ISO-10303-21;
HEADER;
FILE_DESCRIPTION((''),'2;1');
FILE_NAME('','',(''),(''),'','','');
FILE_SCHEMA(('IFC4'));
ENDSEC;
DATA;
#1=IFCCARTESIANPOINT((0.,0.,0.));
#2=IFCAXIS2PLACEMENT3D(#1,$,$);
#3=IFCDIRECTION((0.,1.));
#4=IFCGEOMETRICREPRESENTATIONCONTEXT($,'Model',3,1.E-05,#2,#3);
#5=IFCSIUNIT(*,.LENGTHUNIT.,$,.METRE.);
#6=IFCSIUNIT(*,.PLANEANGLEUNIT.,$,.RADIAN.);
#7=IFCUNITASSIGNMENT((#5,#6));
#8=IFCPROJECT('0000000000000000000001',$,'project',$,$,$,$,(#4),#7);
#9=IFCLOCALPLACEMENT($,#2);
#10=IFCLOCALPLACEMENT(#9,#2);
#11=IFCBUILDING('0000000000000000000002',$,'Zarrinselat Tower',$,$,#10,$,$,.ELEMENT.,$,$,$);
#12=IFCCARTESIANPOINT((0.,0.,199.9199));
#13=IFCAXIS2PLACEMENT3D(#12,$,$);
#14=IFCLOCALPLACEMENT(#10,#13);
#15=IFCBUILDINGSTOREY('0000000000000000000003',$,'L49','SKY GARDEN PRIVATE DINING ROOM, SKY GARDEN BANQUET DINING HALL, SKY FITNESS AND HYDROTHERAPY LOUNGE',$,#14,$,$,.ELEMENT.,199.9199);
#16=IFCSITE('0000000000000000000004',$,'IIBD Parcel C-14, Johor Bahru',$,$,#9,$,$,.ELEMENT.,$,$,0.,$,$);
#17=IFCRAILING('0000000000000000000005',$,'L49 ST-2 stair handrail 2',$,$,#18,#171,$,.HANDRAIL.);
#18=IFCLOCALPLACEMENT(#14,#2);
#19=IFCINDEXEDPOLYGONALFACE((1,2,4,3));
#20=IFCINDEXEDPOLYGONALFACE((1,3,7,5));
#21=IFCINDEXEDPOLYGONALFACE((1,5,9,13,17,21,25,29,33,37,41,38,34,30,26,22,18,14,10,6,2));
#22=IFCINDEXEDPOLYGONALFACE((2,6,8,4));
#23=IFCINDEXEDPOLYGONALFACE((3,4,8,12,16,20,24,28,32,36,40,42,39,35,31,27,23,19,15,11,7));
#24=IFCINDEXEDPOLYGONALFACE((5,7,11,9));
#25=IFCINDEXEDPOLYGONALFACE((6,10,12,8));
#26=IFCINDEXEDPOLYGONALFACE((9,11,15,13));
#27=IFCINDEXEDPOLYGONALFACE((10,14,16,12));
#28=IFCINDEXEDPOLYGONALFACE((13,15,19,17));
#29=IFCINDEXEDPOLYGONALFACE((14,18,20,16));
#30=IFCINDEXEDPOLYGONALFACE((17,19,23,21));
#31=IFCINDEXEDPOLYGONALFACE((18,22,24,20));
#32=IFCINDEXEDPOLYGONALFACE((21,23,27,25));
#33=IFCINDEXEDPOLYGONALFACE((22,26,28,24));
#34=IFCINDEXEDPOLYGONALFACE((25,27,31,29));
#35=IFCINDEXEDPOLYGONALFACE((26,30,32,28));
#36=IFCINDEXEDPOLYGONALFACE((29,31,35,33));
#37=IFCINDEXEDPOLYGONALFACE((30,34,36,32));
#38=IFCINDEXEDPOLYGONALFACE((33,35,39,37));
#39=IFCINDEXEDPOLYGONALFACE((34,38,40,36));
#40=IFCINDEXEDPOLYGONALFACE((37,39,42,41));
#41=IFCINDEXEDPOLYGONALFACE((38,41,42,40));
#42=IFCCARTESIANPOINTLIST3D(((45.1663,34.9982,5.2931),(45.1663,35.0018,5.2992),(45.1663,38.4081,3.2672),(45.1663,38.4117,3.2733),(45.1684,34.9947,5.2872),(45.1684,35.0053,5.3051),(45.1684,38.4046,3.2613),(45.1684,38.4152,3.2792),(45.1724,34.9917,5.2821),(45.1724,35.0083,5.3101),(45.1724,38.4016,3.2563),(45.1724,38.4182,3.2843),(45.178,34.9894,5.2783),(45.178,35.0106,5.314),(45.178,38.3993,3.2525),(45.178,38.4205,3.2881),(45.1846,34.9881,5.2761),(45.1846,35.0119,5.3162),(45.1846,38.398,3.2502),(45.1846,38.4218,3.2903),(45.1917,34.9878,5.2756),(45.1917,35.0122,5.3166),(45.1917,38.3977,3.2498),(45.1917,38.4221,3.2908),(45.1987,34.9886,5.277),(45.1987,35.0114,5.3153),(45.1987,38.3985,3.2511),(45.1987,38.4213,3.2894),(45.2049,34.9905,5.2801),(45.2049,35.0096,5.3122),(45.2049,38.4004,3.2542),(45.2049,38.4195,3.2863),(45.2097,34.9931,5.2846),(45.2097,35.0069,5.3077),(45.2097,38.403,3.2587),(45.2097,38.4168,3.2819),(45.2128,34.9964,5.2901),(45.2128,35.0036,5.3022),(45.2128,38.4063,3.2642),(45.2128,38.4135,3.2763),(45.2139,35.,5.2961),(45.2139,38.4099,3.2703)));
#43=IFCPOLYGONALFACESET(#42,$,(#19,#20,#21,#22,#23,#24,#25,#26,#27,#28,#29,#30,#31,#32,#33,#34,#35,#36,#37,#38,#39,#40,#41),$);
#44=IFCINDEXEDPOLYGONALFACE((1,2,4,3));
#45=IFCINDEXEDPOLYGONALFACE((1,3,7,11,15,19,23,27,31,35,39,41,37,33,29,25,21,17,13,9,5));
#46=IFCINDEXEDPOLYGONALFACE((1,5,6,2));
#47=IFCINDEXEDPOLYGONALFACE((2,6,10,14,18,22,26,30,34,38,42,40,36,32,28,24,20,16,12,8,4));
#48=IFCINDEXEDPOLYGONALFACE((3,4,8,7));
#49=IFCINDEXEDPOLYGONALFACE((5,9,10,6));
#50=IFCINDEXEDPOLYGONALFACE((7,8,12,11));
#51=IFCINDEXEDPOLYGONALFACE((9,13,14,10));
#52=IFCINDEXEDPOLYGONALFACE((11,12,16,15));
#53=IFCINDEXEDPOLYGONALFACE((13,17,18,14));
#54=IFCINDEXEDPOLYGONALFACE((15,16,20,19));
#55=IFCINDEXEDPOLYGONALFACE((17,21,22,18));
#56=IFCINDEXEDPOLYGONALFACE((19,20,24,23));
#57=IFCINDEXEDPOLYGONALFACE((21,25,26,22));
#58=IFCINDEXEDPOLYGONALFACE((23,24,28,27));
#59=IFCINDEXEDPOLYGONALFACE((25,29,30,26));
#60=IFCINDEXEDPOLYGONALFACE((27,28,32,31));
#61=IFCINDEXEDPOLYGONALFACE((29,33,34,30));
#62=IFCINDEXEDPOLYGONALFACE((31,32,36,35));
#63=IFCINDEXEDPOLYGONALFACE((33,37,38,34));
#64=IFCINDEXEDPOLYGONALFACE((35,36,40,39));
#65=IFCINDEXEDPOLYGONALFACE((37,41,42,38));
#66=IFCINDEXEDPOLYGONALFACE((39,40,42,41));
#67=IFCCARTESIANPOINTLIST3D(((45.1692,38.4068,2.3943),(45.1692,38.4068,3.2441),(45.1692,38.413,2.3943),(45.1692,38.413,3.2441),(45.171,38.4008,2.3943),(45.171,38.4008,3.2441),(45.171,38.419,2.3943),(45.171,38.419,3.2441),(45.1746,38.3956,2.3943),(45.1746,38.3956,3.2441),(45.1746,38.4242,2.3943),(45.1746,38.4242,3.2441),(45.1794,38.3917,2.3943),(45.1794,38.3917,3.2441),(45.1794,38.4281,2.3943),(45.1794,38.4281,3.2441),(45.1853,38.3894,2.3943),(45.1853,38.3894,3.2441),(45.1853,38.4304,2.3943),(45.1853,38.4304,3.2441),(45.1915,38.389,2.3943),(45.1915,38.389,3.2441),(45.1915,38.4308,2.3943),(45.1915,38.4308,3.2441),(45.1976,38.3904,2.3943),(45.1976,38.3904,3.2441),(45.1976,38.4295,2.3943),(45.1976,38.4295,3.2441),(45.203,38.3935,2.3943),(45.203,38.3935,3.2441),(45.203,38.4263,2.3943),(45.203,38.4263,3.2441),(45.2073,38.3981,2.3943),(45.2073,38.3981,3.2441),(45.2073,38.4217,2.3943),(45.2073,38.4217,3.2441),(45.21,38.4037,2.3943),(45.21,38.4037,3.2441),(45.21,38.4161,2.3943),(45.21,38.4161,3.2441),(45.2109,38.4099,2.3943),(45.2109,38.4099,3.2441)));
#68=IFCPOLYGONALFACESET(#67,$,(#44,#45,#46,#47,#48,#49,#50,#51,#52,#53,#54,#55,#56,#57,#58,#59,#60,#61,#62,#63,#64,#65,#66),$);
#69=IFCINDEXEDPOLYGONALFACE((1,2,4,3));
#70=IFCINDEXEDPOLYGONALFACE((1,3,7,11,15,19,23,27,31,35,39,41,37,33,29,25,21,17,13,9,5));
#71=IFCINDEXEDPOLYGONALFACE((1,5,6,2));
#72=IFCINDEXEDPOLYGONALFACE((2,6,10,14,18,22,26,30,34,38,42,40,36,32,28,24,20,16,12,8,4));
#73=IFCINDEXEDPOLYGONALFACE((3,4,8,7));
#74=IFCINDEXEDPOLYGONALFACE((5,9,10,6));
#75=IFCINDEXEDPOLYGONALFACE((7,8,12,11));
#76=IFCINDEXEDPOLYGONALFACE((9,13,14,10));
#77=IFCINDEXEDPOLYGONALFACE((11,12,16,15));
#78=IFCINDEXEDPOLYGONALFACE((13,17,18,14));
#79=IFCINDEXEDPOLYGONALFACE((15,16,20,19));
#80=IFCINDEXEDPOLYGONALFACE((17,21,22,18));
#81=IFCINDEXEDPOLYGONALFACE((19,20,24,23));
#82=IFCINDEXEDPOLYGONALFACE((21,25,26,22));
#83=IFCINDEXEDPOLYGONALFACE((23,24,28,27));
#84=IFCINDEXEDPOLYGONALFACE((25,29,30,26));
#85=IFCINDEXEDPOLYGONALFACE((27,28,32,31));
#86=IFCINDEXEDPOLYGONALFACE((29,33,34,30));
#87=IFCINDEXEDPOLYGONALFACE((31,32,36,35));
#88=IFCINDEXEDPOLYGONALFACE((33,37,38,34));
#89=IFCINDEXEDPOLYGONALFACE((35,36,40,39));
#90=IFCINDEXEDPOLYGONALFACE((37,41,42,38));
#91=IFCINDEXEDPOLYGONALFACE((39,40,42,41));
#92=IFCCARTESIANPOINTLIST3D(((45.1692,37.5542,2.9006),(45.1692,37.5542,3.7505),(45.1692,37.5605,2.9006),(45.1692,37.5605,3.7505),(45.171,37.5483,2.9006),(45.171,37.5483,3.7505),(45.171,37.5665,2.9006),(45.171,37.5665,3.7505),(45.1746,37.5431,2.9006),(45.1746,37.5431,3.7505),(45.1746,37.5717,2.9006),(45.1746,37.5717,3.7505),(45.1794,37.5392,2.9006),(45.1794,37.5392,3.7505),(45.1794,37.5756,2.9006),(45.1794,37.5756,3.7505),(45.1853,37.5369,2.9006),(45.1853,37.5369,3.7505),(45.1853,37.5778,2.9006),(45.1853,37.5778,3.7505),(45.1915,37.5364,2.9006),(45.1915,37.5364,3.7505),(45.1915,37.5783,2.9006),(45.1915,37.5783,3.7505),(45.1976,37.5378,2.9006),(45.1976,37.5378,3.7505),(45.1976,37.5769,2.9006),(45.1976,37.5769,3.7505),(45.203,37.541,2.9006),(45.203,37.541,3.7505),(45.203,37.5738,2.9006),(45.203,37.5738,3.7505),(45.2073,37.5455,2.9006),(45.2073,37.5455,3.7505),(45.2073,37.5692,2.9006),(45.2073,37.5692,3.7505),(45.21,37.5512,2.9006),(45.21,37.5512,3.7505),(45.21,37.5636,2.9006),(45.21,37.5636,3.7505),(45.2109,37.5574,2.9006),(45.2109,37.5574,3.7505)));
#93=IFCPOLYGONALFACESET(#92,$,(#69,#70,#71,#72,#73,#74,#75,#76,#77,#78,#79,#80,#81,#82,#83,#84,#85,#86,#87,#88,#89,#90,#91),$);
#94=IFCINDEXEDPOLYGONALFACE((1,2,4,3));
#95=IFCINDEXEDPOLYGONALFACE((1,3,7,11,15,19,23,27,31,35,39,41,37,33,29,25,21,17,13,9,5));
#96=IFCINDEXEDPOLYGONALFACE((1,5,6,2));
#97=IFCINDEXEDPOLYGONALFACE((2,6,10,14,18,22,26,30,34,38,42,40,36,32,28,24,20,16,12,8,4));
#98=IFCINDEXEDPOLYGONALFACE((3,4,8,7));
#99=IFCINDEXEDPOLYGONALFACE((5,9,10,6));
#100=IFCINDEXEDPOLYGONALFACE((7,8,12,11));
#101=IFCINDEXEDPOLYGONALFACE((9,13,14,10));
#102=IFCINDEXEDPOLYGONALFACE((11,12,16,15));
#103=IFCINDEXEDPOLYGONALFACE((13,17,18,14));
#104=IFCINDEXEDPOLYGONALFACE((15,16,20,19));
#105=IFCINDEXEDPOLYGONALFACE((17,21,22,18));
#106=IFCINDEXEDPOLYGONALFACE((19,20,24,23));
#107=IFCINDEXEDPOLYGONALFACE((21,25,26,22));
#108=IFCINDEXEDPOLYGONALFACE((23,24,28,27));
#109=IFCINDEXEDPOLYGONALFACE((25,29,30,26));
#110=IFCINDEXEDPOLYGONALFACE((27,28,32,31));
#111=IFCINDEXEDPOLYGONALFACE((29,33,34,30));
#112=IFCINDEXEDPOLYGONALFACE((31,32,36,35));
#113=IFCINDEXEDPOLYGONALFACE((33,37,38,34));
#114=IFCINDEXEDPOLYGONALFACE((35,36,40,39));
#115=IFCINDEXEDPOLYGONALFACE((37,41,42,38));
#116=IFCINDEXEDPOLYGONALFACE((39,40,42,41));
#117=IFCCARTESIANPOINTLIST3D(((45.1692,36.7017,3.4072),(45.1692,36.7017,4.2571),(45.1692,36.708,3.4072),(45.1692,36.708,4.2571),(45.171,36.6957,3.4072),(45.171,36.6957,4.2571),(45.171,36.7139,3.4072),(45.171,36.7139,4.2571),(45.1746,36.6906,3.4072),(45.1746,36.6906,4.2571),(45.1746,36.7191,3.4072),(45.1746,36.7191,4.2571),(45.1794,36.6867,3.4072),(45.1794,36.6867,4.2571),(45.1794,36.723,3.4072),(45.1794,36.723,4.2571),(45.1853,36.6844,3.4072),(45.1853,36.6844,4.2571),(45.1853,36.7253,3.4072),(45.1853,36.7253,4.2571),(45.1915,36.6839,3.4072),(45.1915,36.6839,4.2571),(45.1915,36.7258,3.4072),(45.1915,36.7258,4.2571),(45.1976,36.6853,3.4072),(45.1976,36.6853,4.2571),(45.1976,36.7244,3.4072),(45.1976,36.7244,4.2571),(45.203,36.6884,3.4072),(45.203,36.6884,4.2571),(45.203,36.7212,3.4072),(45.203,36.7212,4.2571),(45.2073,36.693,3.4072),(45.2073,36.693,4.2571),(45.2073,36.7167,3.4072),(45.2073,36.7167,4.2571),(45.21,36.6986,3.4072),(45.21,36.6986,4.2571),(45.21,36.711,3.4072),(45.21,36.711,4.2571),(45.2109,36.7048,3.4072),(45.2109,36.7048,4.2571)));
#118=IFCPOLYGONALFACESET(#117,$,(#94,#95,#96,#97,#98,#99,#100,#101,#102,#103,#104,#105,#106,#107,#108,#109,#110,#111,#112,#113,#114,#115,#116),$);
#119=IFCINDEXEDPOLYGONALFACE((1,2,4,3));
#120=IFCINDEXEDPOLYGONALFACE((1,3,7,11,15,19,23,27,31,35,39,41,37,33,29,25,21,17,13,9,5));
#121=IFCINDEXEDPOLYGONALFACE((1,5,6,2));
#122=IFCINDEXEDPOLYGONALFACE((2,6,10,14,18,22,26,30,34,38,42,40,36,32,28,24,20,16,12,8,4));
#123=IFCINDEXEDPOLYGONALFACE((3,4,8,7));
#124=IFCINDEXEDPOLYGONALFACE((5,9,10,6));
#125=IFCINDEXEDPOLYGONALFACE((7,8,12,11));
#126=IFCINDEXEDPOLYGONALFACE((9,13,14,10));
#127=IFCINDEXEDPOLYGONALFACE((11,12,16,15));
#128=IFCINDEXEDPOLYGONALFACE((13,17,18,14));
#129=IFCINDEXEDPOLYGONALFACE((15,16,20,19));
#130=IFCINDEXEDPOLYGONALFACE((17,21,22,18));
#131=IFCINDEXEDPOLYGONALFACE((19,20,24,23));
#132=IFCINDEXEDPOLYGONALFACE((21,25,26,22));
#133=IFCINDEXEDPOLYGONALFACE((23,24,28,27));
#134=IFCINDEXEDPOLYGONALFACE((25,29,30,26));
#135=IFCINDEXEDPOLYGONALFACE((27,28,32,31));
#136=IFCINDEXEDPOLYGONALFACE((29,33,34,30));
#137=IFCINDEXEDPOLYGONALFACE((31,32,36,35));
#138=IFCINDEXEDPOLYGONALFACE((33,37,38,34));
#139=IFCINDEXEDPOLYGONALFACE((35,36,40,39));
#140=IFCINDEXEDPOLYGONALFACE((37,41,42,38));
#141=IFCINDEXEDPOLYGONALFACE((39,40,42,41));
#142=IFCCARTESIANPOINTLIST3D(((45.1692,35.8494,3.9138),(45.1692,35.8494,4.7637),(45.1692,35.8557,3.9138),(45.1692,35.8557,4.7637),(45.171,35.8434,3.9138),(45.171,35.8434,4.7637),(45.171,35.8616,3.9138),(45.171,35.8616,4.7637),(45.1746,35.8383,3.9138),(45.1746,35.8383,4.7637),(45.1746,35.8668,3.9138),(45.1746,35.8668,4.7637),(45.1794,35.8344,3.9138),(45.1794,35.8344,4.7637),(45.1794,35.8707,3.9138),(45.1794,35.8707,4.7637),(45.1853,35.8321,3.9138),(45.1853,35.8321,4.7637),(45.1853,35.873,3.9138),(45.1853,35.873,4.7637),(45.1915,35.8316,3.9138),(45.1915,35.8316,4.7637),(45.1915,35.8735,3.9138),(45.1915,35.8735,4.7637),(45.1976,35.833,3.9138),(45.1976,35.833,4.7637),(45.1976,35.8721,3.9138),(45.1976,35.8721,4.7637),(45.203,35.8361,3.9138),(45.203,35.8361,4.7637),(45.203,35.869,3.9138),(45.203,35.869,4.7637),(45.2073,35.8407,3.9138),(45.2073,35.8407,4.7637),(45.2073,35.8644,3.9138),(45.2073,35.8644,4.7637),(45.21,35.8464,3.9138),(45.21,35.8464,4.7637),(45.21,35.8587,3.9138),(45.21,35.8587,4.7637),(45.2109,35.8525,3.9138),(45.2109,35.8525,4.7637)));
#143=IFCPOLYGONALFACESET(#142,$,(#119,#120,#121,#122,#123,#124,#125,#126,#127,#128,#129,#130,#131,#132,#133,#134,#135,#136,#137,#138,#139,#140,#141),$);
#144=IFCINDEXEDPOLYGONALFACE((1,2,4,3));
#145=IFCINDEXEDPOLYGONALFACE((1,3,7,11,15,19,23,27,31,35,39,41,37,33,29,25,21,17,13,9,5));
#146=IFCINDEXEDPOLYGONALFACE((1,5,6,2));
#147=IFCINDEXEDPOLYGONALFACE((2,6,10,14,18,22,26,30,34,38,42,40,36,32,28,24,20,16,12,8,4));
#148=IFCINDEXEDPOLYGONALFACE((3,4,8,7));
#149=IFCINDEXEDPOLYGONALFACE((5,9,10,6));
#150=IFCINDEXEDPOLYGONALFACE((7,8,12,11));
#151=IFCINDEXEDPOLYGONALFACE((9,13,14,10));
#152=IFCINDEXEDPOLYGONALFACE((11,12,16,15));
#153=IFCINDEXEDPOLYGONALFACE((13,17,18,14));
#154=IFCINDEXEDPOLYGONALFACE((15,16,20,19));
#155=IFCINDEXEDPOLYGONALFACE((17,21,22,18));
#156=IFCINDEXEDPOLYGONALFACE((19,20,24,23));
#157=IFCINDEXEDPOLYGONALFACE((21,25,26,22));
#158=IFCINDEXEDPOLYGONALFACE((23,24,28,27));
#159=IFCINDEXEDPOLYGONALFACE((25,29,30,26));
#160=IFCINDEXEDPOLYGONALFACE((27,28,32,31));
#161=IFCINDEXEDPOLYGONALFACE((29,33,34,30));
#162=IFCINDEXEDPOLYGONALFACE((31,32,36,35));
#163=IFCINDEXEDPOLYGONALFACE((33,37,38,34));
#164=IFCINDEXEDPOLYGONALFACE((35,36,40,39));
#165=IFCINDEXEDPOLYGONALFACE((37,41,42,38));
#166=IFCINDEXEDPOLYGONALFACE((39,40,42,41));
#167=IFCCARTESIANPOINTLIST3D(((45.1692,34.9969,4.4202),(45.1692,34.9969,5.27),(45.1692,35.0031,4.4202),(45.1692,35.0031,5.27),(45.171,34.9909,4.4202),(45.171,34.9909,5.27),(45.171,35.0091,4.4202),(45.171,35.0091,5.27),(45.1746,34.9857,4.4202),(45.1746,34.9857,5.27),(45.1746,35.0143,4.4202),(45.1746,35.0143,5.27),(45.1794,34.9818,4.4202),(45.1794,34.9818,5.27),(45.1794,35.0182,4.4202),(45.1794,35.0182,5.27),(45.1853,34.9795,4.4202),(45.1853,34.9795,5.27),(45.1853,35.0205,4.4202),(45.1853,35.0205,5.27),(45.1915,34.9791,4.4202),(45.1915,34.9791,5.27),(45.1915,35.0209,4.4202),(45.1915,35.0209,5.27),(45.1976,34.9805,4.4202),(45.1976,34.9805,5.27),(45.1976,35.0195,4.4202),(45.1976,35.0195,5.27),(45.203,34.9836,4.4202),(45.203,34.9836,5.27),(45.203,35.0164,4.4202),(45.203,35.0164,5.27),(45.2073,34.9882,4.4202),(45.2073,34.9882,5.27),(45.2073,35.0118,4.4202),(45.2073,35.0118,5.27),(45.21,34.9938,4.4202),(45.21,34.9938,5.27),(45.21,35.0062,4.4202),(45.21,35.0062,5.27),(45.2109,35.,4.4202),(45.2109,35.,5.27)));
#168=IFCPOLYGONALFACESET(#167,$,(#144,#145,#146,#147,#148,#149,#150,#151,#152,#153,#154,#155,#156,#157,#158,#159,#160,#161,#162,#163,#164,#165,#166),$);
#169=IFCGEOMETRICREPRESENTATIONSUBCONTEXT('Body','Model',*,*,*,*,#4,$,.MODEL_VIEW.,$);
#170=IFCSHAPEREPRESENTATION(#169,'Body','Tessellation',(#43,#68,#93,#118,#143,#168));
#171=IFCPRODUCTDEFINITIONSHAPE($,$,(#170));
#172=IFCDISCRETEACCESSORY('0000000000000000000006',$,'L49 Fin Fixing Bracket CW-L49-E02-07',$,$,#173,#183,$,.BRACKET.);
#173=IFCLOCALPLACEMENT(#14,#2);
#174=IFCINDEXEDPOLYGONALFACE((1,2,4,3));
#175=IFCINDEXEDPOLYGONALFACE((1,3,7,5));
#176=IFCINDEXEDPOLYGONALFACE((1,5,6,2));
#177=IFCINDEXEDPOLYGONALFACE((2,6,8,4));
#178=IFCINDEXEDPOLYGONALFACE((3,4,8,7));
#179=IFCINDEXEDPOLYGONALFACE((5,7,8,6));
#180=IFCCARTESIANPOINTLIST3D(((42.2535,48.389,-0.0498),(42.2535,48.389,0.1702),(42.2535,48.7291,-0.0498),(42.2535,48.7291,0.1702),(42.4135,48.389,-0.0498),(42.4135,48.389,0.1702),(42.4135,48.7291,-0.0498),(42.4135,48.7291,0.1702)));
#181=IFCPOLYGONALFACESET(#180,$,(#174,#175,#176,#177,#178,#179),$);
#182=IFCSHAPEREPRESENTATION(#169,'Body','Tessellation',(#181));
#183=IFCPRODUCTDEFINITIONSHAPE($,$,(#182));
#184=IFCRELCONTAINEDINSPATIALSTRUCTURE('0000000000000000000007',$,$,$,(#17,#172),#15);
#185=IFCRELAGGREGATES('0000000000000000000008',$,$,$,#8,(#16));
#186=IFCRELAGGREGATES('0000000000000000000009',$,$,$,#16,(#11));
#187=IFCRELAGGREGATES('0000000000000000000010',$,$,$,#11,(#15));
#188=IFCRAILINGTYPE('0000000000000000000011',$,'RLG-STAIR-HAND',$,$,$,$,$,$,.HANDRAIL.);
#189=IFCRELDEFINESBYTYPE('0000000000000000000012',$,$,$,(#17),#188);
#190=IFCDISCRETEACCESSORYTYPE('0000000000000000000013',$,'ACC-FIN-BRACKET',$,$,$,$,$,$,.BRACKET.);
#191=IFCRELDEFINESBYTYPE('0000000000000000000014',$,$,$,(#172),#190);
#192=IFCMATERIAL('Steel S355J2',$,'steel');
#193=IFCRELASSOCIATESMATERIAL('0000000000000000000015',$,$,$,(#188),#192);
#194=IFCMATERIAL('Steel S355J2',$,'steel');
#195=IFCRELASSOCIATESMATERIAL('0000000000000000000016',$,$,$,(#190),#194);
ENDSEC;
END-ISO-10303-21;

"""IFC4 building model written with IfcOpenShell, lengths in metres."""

from ifc_helpers import new_model, si_unit, direction, frame, origin, origin_2d, place, context, subcontext, project, spatial, rectangle, circle, extrude, material, type_object, element, save


model = new_model("IFC4")

# Units and contexts
model_context = context("Model", 3, precision=1e-05, world=origin(), true_north=direction((0.0, 1.0)))
body_context = subcontext(model_context, "Body", "Model", "MODEL_VIEW")
ifc_project = project(units=[si_unit("LENGTHUNIT", "METRE"), si_unit("PLANEANGLEUNIT", "RADIAN")], contexts=[model_context])

# Site, building, storey
site_placement = place(None, origin())
site = spatial("IfcSite", under=ifc_project, at=site_placement, Name="IIBD Parcel C-14, Johor Bahru", CompositionType="ELEMENT", RefElevation=0.0)
building_placement = place(site_placement, origin())
building = spatial("IfcBuilding", under=site, at=building_placement, Name="Zarrinselat Tower", CompositionType="ELEMENT")
storey_placement = place(building_placement, frame((0.0, 0.0, 199.9199)))
storey = spatial("IfcBuildingStorey", under=building, at=storey_placement, Name="L49", Description="SKY GARDEN PRIVATE DINING ROOM, SKY GARDEN BANQUET DINING HALL, SKY FITNESS AND HYDROTHERAPY LOUNGE", CompositionType="ELEMENT", Elevation=199.9199)

# Railing
ifc_material_1 = material(Name="Steel S355J2", Category="steel")
railing_type_1 = type_object("IfcRailingType", Name="RLG-STAIR-HAND", PredefinedType="HANDRAIL", material=ifc_material_1)
railing_1_placement = place(storey_placement, frame((45.1899, 38.4099, 2.3943)))
element("IfcRailing", 1, at=railing_1_placement, inside=storey, type_object=railing_type_1, Name="L49 ST-2 stair handrail 2", PredefinedType="HANDRAIL", context=body_context, shape_type="SweptSolid", body=[
    extrude(circle(Radius=0.0239, at=origin_2d()), frame((0.0, 0.0, 0.876), z_axis=(0.0, -0.859717, 0.510771), x_axis=(1.0, 0.0, 0.0)), (0.0, 0.0, 1.0), 3.9663),
    extrude(circle(Radius=0.021, at=origin_2d()), origin(), (0.0, 0.0, 1.0), 0.8499),
    extrude(circle(Radius=0.021, at=origin_2d()), frame((0.0, -0.8525, 0.5063)), (0.0, 0.0, 1.0), 0.8499),
    extrude(circle(Radius=0.021, at=origin_2d()), frame((0.0, -1.7051, 1.0129)), (0.0, 0.0, 1.0), 0.8499),
    extrude(circle(Radius=0.021, at=origin_2d()), frame((0.0, -2.5574, 1.5195)), (0.0, 0.0, 1.0), 0.8499),
    extrude(circle(Radius=0.021, at=origin_2d()), frame((0.0, -3.4099, 2.0259)), (0.0, 0.0, 1.0), 0.8499),
])

# Discrete accessory
ifc_material_2 = material(Name="Steel S355J2", Category="steel")
discrete_accessory_type = type_object("IfcDiscreteAccessoryType", Name="ACC-FIN-BRACKET", PredefinedType="BRACKET", material=ifc_material_2)
discrete_accessory_placement = place(storey_placement, frame((42.3335, 48.5591, -0.0498), z_axis=(0.0, 0.0, 1.0), x_axis=(0.0, 1.0, 0.0)))
element("IfcDiscreteAccessory", 2, at=discrete_accessory_placement, inside=storey, type_object=discrete_accessory_type, Name="L49 Fin Fixing Bracket CW-L49-E02-07", PredefinedType="BRACKET", context=body_context, shape_type="SweptSolid", body=[
    extrude(rectangle(XDim=0.3401, YDim=0.1599, at=origin_2d()), origin(), (0.0, 0.0, 1.0), 0.22),
])

save(model, "model.ifc")
